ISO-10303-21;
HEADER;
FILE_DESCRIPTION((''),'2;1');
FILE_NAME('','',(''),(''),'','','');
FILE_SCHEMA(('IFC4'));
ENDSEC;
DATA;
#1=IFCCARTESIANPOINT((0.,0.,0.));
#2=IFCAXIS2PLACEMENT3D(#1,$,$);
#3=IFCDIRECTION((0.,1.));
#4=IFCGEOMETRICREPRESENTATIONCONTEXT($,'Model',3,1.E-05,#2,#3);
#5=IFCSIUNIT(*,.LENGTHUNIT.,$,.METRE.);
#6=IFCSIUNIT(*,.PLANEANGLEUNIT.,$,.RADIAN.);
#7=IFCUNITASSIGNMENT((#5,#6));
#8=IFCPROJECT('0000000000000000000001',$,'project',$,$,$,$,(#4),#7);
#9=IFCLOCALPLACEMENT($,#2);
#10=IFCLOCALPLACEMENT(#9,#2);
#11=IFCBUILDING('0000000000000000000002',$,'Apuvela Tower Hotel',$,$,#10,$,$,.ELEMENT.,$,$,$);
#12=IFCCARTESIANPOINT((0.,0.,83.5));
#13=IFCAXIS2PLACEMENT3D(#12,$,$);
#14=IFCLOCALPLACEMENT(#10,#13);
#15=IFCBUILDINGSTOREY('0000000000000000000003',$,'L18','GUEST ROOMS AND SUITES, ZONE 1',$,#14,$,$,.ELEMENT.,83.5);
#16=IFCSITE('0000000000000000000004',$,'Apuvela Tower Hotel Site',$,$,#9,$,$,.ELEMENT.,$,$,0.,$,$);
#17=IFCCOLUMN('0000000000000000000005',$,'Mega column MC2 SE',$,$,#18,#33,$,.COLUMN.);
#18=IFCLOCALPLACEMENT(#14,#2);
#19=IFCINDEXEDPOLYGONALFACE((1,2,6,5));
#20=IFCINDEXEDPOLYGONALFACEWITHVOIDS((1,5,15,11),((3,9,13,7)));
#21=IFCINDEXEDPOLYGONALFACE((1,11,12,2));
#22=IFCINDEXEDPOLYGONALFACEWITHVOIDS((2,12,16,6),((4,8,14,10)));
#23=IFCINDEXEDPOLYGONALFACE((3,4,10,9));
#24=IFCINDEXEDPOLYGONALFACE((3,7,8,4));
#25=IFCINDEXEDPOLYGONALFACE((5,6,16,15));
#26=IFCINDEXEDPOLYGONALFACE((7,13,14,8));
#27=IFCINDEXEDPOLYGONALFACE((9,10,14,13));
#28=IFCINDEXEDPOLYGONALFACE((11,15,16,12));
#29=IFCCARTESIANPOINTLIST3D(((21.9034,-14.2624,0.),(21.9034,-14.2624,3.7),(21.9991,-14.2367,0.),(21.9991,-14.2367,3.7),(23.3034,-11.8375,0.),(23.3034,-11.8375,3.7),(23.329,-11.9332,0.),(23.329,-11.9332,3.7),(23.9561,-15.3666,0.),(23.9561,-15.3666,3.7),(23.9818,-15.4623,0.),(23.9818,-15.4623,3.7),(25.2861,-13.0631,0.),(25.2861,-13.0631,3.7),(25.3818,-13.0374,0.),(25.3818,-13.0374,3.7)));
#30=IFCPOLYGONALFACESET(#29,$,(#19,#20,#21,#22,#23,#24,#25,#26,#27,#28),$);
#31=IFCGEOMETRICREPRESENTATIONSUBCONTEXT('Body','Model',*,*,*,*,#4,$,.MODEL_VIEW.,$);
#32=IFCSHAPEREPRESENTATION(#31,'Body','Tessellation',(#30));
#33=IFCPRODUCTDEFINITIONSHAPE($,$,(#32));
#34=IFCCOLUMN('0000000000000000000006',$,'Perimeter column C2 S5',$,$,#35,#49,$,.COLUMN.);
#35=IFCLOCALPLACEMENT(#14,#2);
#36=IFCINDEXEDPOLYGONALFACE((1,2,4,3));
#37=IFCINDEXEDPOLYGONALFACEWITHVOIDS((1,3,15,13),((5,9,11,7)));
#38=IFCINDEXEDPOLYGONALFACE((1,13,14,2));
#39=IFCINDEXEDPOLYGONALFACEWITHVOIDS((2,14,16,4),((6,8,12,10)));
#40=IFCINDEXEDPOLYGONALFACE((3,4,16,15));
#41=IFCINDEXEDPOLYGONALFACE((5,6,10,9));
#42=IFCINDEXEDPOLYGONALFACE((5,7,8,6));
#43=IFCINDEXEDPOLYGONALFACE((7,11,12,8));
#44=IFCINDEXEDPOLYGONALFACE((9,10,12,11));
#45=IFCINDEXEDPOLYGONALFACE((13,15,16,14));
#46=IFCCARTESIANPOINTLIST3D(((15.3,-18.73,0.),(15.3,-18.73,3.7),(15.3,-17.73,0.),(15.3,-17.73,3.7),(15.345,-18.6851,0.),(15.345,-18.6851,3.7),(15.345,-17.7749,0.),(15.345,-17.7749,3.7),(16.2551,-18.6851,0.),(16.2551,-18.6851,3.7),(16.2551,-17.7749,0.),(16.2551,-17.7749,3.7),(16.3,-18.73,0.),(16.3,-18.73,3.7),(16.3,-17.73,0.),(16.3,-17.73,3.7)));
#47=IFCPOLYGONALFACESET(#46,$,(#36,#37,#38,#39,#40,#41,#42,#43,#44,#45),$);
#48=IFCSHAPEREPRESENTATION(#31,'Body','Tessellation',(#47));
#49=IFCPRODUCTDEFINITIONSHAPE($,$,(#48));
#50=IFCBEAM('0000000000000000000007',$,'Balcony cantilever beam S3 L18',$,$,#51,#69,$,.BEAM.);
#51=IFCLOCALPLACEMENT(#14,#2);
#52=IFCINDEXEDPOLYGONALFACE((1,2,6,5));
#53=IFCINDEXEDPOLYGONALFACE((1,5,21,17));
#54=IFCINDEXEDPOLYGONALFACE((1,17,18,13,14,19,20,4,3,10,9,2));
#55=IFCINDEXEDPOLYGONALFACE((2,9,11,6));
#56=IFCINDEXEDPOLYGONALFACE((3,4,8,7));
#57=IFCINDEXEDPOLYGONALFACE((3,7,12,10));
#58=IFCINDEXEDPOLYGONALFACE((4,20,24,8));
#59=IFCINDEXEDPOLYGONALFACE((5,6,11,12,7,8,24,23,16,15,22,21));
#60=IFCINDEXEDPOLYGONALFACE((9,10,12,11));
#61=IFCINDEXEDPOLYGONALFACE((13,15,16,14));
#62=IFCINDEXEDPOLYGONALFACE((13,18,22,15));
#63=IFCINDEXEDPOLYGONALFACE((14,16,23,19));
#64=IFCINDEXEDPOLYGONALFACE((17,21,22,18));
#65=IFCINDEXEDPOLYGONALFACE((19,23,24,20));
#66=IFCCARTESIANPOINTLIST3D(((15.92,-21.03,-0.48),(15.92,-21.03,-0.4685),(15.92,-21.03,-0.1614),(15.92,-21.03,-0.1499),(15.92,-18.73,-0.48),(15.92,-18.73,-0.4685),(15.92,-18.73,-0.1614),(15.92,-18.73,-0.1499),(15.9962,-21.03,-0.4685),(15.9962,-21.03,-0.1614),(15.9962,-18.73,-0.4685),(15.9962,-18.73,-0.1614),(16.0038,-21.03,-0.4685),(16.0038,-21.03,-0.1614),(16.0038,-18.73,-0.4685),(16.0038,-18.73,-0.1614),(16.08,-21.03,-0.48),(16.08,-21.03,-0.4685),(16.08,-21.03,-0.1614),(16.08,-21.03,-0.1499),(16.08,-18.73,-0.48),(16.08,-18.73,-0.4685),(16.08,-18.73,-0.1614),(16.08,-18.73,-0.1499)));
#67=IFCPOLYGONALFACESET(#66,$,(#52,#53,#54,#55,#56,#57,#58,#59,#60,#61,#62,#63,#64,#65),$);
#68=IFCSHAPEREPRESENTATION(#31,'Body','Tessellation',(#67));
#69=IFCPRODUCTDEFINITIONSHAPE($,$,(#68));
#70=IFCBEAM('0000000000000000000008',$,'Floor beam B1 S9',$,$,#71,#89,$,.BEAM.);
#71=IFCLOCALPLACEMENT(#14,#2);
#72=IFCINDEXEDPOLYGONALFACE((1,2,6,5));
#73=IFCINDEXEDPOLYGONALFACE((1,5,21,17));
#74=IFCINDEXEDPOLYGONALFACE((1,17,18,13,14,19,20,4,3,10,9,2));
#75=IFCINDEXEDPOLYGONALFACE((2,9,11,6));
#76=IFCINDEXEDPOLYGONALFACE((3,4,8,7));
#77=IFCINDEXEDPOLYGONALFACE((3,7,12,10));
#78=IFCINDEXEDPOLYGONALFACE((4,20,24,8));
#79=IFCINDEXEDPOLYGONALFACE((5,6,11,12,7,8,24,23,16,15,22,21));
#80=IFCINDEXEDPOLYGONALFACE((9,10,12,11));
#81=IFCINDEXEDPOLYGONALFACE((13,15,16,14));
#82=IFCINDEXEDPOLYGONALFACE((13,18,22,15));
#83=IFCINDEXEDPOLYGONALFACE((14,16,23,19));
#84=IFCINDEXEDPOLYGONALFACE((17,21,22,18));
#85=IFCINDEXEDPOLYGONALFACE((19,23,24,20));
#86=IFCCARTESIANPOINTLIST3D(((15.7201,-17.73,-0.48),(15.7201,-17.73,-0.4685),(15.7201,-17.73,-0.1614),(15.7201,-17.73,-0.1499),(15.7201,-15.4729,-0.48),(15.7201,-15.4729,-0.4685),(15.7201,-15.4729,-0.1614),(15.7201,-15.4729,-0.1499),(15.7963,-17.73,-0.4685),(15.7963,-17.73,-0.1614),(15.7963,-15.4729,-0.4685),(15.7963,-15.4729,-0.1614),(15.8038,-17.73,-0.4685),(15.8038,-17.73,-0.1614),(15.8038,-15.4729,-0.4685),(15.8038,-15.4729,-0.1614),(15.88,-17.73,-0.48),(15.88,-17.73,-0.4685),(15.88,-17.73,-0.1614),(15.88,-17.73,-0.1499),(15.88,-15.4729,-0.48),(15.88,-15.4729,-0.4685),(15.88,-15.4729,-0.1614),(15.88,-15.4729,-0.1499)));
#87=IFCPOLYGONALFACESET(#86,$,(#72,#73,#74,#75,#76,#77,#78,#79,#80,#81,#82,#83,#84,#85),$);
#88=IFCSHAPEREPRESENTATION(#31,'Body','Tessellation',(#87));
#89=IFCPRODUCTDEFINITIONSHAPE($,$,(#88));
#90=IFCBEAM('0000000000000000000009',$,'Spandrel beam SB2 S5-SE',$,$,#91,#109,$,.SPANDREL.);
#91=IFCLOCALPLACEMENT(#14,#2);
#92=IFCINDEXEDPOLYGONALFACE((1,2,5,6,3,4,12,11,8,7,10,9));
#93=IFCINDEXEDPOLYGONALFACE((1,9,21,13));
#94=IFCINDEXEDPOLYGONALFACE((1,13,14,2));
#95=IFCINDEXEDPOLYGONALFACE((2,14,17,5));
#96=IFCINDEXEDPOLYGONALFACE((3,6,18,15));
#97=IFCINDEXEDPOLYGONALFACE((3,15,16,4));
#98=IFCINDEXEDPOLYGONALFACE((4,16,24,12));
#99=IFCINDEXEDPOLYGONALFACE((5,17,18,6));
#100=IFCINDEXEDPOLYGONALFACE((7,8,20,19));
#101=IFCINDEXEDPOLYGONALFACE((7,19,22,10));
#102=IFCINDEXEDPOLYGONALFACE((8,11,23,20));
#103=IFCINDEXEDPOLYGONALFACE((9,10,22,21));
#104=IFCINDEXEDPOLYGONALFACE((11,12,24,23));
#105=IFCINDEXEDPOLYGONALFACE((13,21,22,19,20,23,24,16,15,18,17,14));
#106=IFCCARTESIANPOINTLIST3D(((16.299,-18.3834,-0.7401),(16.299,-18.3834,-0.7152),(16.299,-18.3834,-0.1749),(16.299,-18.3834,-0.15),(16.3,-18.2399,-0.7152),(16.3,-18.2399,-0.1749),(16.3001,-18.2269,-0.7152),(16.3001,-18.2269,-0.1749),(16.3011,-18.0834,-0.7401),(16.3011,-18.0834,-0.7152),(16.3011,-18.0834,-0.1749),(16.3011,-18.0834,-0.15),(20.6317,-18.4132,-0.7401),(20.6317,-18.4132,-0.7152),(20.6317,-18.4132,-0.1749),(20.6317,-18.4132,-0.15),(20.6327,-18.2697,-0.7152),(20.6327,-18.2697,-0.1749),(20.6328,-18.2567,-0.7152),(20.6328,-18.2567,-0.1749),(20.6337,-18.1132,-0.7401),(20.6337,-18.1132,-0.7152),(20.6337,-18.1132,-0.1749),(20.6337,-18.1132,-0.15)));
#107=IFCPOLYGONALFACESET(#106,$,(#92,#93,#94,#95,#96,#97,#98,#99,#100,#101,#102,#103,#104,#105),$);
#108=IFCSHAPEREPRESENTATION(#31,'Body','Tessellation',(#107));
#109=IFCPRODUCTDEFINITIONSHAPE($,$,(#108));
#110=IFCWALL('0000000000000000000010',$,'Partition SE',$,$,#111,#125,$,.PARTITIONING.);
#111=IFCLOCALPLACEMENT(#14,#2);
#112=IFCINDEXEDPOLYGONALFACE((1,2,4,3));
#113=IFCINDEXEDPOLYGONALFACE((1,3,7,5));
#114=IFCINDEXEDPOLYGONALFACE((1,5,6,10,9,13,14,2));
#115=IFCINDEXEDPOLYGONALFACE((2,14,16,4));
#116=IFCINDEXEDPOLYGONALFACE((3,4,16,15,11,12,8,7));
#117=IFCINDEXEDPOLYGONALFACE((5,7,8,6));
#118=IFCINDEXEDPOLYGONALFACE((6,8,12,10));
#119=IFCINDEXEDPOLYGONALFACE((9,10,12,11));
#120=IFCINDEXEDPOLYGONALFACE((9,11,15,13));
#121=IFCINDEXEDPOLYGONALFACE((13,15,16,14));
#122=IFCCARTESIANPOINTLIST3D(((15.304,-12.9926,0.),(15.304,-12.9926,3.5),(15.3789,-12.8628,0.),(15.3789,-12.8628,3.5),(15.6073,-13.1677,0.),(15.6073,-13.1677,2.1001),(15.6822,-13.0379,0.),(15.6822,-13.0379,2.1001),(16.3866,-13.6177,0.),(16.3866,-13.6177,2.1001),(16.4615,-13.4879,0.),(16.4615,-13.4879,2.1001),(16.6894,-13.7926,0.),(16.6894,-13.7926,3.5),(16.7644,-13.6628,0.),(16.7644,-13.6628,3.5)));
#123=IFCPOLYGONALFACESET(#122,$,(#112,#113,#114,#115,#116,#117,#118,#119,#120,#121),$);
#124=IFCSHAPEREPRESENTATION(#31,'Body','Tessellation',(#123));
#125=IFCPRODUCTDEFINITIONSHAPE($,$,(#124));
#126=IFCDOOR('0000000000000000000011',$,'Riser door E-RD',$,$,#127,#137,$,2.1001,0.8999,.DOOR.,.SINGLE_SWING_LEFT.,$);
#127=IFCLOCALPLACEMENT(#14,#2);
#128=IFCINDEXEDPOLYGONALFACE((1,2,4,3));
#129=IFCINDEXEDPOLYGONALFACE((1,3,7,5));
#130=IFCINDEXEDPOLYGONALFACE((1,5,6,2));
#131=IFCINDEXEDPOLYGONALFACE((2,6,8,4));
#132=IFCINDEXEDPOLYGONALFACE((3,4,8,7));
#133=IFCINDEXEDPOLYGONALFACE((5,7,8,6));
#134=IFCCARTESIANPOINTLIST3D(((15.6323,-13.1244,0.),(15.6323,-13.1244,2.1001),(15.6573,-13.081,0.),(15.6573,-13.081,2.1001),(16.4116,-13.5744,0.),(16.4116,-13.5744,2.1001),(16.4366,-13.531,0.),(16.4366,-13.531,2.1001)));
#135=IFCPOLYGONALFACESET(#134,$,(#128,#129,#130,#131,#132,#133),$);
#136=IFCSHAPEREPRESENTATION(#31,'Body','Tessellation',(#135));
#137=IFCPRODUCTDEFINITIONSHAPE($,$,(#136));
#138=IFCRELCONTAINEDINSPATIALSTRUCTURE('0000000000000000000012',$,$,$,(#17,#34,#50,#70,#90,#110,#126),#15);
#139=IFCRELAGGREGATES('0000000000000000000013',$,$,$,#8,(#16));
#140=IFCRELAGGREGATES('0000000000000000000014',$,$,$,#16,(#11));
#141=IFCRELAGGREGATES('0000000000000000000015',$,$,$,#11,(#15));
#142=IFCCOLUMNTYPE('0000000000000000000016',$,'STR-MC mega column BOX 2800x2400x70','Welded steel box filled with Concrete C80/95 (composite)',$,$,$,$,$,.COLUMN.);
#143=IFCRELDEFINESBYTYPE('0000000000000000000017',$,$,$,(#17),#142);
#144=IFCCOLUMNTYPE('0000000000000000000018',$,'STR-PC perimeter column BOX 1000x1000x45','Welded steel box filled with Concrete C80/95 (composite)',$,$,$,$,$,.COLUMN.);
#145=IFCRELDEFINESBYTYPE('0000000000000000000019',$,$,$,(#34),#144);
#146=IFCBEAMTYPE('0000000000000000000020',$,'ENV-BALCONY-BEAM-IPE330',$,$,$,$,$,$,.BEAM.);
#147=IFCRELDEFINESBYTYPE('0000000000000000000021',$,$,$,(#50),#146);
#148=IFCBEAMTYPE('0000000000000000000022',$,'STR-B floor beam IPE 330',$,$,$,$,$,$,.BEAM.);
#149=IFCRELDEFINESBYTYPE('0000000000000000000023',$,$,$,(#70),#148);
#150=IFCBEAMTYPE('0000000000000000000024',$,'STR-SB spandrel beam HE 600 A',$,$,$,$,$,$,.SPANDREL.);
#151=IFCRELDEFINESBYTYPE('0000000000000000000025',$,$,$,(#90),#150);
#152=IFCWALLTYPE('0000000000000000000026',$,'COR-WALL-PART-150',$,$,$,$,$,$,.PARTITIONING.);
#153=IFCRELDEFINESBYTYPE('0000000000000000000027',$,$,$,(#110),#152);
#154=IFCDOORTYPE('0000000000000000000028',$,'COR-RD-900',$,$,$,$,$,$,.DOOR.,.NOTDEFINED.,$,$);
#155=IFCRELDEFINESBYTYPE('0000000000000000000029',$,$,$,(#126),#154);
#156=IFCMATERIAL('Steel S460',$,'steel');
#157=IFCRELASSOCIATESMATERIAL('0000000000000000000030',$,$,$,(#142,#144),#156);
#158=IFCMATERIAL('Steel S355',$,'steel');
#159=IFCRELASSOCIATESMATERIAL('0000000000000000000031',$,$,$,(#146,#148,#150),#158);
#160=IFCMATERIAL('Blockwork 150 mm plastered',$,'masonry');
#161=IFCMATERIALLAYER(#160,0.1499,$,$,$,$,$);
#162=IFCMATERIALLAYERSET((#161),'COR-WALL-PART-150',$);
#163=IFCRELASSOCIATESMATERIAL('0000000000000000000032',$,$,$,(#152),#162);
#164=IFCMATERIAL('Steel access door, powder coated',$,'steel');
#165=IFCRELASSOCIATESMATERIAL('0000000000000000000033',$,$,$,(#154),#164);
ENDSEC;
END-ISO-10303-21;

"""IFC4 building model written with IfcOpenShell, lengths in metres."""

from ifc_helpers import new_model, si_unit, direction, frame, frame_2d, origin, origin_2d, place, context, subcontext, project, spatial, rectangle, hollow_rectangle, i_section, extrude, material, layer, layer_set, material_profile, profile_set, type_object, element, fill, save


model = new_model("IFC4")

# Units and contexts
model_context = context("Model", 3, precision=1e-05, world=origin(), true_north=direction((0.0, 1.0)))
body_context = subcontext(model_context, "Body", "Model", "MODEL_VIEW")
ifc_project = project(units=[si_unit("LENGTHUNIT", "METRE"), si_unit("PLANEANGLEUNIT", "RADIAN")], contexts=[model_context])

# Site, building, storey
site_placement = place(None, origin())
site = spatial("IfcSite", under=ifc_project, at=site_placement, Name="Apuvela Tower Hotel Site", CompositionType="ELEMENT", RefElevation=0.0)
building_placement = place(site_placement, origin())
building = spatial("IfcBuilding", under=site, at=building_placement, Name="Apuvela Tower Hotel", CompositionType="ELEMENT")
storey_placement = place(building_placement, frame((0.0, 0.0, 83.5)))
storey = spatial("IfcBuildingStorey", under=building, at=storey_placement, Name="L18", Description="GUEST ROOMS AND SUITES, ZONE 1", CompositionType="ELEMENT", Elevation=83.5)

# Columns
ifc_material_1 = material(Name="Steel S460", Category="steel")
ifc_material_profile_1 = material_profile(ifc_material_1, hollow_rectangle(XDim=2.8, YDim=2.3999, WallThickness=0.0701, at=origin_2d()), Name="BOX 2800x2400x70")
ifc_material_2 = material(Name="Concrete C80/95", Category="concrete")
ifc_material_profile_2 = material_profile(ifc_material_2, rectangle(XDim=2.6599, YDim=2.26, at=origin_2d()), Name="Concrete C80/95 infill")
ifc_profile_set_1 = profile_set([ifc_material_profile_1, ifc_material_profile_2], Name="Steel S460")
column_type_1 = type_object("IfcColumnType", Name="STR-MC mega column BOX 2800x2400x70", Description="Welded steel box filled with Concrete C80/95 (composite)", PredefinedType="COLUMN", material=ifc_profile_set_1)
column_1_placement = place(storey_placement, frame((23.6426, -13.6499, 0.0), z_axis=(0.0, 0.0, 1.0), x_axis=(0.5, 0.866025, 0.0)))
element("IfcColumn", 1, at=column_1_placement, inside=storey, type_object=column_type_1, Name="Mega column MC2 SE", PredefinedType="COLUMN", context=body_context, shape_type="SweptSolid", body=[
    extrude(hollow_rectangle(XDim=2.8, YDim=2.3999, WallThickness=0.0701, at=origin_2d()), origin(), (0.0, 0.0, 1.0), 3.7),
])
ifc_material_profile_3 = material_profile(ifc_material_1, hollow_rectangle(XDim=1.0, YDim=1.0, WallThickness=0.0449, at=origin_2d()), Name="BOX 1000x1000x45")
ifc_material_profile_4 = material_profile(ifc_material_2, rectangle(XDim=0.9099, YDim=0.9099, at=origin_2d()), Name="Concrete C80/95 infill")
ifc_profile_set_2 = profile_set([ifc_material_profile_3, ifc_material_profile_4], Name="Steel S460")
column_type_2 = type_object("IfcColumnType", Name="STR-PC perimeter column BOX 1000x1000x45", Description="Welded steel box filled with Concrete C80/95 (composite)", PredefinedType="COLUMN", material=ifc_profile_set_2)
column_2_placement = place(storey_placement, frame((15.8, -18.23, 0.0), z_axis=(0.0, 0.0, 1.0), x_axis=(-1.0, 0.0, 0.0)))
element("IfcColumn", 2, at=column_2_placement, inside=storey, type_object=column_type_2, Name="Perimeter column C2 S5", PredefinedType="COLUMN", context=body_context, shape_type="SweptSolid", body=[
    extrude(hollow_rectangle(XDim=1.0, YDim=1.0, WallThickness=0.0449, at=origin_2d()), origin(), (0.0, 0.0, 1.0), 3.7),
])

# Beams
ifc_material_3 = material(Name="Steel S355", Category="steel")
ifc_material_profile_5 = material_profile(ifc_material_3, i_section(OverallWidth=0.1599, OverallDepth=0.3301, WebThickness=0.0076, FlangeThickness=0.0115, at=origin_2d()), Name="IPE 330")
ifc_profile_set_3 = profile_set([ifc_material_profile_5], Name="Steel S355")
beam_type_1 = type_object("IfcBeamType", Name="ENV-BALCONY-BEAM-IPE330", PredefinedType="BEAM", material=ifc_profile_set_3)
beam_1_placement = place(storey_placement, frame((16.0, -18.73, -0.3149), z_axis=(0.0, -1.0, 0.0), x_axis=(1.0, 0.0, 0.0)))
element("IfcBeam", 3, at=beam_1_placement, inside=storey, type_object=beam_type_1, Name="Balcony cantilever beam S3 L18", PredefinedType="BEAM", context=body_context, shape_type="SweptSolid", body=[
    extrude(i_section(OverallWidth=0.1599, OverallDepth=0.3301, WebThickness=0.0076, FlangeThickness=0.0115, at=origin_2d()), origin(), (0.0, 0.0, 1.0), 2.3),
])
ifc_material_profile_6 = material_profile(ifc_material_3, i_section(OverallWidth=0.1599, OverallDepth=0.3301, WebThickness=0.0076, FlangeThickness=0.0115, at=origin_2d()), Name="IPE 330")
ifc_profile_set_4 = profile_set([ifc_material_profile_6], Name="Steel S355")
beam_type_2 = type_object("IfcBeamType", Name="STR-B floor beam IPE 330", PredefinedType="BEAM", material=ifc_profile_set_4)
beam_2_placement = place(storey_placement, frame((15.8, -17.73, -0.3149), z_axis=(0.0, 1.0, 0.0), x_axis=(-1.0, 0.0, 0.0)))
element("IfcBeam", 4, at=beam_2_placement, inside=storey, type_object=beam_type_2, Name="Floor beam B1 S9", PredefinedType="BEAM", context=body_context, shape_type="SweptSolid", body=[
    extrude(i_section(OverallWidth=0.1599, OverallDepth=0.3301, WebThickness=0.0076, FlangeThickness=0.0115, at=origin_2d()), origin(), (0.0, 0.0, 1.0), 2.2571),
])
ifc_material_profile_7 = material_profile(ifc_material_3, i_section(OverallWidth=0.3, OverallDepth=0.5901, WebThickness=0.0129, FlangeThickness=0.0249, at=origin_2d()), Name="HE 600 A")
ifc_profile_set_5 = profile_set([ifc_material_profile_7], Name="Steel S355")
beam_type_3 = type_object("IfcBeamType", Name="STR-SB spandrel beam HE 600 A", PredefinedType="SPANDREL", material=ifc_profile_set_5)
beam_3_placement = place(storey_placement, frame((16.3, -18.2334, -0.4451), z_axis=(0.999976, -0.006874, 0.0), x_axis=(0.006874, 0.999976, 0.0)))
element("IfcBeam", 5, at=beam_3_placement, inside=storey, type_object=beam_type_3, Name="Spandrel beam SB2 S5-SE", PredefinedType="SPANDREL", context=body_context, shape_type="SweptSolid", body=[
    extrude(i_section(OverallWidth=0.3, OverallDepth=0.5901, WebThickness=0.0129, FlangeThickness=0.0249, at=origin_2d()), origin(), (0.0, 0.0, 1.0), 4.3328),
])

# Wall, opening, door
ifc_material_4 = material(Name="Blockwork 150 mm plastered", Category="masonry")
ifc_layer_1 = layer(ifc_material_4, 0.1499)
ifc_layer_set_1 = layer_set([ifc_layer_1], Name="COR-WALL-PART-150")
wall_type_1 = type_object("IfcWallType", Name="COR-WALL-PART-150", PredefinedType="PARTITIONING", material=ifc_layer_set_1)
wall_1_placement = place(storey_placement, frame((15.3416, -12.9277, 0.0), z_axis=(0.0, 0.0, 1.0), x_axis=(0.86599, -0.500061, 0.0)))
wall_1 = element("IfcWall", 6, at=wall_1_placement, inside=storey, type_object=wall_type_1, Name="Partition SE", PredefinedType="PARTITIONING", context=body_context, shape_type="SweptSolid", body=[
    extrude(rectangle(XDim=1.5999, YDim=0.1499, at=frame_2d((0.7998, 0.0))), origin(), (0.0, 0.0, 1.0), 3.5),
])
opening_1_placement = place(wall_1_placement, frame((0.3501, 0.0, 0.0)))
opening_1 = element("IfcOpeningElement", 7, at=opening_1_placement, cuts=wall_1, PredefinedType="OPENING", context=body_context, shape_type="SweptSolid", body=[
    extrude(rectangle(XDim=0.8999, YDim=2.1001, at=frame_2d((0.45, 1.05))), frame((0.0, 0.085, 0.0), z_axis=(0.0, -1.0, 0.0), x_axis=(1.0, 0.0, 0.0)), (0.0, 0.0, 1.0), 0.1699),
])
ifc_material_5 = material(Name="Steel access door, powder coated", Category="steel")
door_type_1 = type_object("IfcDoorType", Name="COR-RD-900", OperationType="NOTDEFINED", PredefinedType="DOOR", material=ifc_material_5)
door_1_placement = place(opening_1_placement, frame((0.8999, 0.0, 0.0), z_axis=(0.0, 0.0, 1.0), x_axis=(-1.0, 0.0, 0.0)))
door_1 = element("IfcDoor", 8, at=door_1_placement, inside=storey, type_object=door_type_1, Name="Riser door E-RD", OperationType="SINGLE_SWING_LEFT", OverallHeight=2.1001, OverallWidth=0.8999, PredefinedType="DOOR", context=body_context, shape_type="SweptSolid", body=[
    extrude(rectangle(XDim=0.8999, YDim=2.1001, at=frame_2d((0.45, 1.05))), frame((0.0, 0.0249, 0.0), z_axis=(0.0, -1.0, 0.0), x_axis=(1.0, 0.0, 0.0)), (0.0, 0.0, 1.0), 0.05),
])
fill(opening_1, door_1)

save(model, "model.ifc")
